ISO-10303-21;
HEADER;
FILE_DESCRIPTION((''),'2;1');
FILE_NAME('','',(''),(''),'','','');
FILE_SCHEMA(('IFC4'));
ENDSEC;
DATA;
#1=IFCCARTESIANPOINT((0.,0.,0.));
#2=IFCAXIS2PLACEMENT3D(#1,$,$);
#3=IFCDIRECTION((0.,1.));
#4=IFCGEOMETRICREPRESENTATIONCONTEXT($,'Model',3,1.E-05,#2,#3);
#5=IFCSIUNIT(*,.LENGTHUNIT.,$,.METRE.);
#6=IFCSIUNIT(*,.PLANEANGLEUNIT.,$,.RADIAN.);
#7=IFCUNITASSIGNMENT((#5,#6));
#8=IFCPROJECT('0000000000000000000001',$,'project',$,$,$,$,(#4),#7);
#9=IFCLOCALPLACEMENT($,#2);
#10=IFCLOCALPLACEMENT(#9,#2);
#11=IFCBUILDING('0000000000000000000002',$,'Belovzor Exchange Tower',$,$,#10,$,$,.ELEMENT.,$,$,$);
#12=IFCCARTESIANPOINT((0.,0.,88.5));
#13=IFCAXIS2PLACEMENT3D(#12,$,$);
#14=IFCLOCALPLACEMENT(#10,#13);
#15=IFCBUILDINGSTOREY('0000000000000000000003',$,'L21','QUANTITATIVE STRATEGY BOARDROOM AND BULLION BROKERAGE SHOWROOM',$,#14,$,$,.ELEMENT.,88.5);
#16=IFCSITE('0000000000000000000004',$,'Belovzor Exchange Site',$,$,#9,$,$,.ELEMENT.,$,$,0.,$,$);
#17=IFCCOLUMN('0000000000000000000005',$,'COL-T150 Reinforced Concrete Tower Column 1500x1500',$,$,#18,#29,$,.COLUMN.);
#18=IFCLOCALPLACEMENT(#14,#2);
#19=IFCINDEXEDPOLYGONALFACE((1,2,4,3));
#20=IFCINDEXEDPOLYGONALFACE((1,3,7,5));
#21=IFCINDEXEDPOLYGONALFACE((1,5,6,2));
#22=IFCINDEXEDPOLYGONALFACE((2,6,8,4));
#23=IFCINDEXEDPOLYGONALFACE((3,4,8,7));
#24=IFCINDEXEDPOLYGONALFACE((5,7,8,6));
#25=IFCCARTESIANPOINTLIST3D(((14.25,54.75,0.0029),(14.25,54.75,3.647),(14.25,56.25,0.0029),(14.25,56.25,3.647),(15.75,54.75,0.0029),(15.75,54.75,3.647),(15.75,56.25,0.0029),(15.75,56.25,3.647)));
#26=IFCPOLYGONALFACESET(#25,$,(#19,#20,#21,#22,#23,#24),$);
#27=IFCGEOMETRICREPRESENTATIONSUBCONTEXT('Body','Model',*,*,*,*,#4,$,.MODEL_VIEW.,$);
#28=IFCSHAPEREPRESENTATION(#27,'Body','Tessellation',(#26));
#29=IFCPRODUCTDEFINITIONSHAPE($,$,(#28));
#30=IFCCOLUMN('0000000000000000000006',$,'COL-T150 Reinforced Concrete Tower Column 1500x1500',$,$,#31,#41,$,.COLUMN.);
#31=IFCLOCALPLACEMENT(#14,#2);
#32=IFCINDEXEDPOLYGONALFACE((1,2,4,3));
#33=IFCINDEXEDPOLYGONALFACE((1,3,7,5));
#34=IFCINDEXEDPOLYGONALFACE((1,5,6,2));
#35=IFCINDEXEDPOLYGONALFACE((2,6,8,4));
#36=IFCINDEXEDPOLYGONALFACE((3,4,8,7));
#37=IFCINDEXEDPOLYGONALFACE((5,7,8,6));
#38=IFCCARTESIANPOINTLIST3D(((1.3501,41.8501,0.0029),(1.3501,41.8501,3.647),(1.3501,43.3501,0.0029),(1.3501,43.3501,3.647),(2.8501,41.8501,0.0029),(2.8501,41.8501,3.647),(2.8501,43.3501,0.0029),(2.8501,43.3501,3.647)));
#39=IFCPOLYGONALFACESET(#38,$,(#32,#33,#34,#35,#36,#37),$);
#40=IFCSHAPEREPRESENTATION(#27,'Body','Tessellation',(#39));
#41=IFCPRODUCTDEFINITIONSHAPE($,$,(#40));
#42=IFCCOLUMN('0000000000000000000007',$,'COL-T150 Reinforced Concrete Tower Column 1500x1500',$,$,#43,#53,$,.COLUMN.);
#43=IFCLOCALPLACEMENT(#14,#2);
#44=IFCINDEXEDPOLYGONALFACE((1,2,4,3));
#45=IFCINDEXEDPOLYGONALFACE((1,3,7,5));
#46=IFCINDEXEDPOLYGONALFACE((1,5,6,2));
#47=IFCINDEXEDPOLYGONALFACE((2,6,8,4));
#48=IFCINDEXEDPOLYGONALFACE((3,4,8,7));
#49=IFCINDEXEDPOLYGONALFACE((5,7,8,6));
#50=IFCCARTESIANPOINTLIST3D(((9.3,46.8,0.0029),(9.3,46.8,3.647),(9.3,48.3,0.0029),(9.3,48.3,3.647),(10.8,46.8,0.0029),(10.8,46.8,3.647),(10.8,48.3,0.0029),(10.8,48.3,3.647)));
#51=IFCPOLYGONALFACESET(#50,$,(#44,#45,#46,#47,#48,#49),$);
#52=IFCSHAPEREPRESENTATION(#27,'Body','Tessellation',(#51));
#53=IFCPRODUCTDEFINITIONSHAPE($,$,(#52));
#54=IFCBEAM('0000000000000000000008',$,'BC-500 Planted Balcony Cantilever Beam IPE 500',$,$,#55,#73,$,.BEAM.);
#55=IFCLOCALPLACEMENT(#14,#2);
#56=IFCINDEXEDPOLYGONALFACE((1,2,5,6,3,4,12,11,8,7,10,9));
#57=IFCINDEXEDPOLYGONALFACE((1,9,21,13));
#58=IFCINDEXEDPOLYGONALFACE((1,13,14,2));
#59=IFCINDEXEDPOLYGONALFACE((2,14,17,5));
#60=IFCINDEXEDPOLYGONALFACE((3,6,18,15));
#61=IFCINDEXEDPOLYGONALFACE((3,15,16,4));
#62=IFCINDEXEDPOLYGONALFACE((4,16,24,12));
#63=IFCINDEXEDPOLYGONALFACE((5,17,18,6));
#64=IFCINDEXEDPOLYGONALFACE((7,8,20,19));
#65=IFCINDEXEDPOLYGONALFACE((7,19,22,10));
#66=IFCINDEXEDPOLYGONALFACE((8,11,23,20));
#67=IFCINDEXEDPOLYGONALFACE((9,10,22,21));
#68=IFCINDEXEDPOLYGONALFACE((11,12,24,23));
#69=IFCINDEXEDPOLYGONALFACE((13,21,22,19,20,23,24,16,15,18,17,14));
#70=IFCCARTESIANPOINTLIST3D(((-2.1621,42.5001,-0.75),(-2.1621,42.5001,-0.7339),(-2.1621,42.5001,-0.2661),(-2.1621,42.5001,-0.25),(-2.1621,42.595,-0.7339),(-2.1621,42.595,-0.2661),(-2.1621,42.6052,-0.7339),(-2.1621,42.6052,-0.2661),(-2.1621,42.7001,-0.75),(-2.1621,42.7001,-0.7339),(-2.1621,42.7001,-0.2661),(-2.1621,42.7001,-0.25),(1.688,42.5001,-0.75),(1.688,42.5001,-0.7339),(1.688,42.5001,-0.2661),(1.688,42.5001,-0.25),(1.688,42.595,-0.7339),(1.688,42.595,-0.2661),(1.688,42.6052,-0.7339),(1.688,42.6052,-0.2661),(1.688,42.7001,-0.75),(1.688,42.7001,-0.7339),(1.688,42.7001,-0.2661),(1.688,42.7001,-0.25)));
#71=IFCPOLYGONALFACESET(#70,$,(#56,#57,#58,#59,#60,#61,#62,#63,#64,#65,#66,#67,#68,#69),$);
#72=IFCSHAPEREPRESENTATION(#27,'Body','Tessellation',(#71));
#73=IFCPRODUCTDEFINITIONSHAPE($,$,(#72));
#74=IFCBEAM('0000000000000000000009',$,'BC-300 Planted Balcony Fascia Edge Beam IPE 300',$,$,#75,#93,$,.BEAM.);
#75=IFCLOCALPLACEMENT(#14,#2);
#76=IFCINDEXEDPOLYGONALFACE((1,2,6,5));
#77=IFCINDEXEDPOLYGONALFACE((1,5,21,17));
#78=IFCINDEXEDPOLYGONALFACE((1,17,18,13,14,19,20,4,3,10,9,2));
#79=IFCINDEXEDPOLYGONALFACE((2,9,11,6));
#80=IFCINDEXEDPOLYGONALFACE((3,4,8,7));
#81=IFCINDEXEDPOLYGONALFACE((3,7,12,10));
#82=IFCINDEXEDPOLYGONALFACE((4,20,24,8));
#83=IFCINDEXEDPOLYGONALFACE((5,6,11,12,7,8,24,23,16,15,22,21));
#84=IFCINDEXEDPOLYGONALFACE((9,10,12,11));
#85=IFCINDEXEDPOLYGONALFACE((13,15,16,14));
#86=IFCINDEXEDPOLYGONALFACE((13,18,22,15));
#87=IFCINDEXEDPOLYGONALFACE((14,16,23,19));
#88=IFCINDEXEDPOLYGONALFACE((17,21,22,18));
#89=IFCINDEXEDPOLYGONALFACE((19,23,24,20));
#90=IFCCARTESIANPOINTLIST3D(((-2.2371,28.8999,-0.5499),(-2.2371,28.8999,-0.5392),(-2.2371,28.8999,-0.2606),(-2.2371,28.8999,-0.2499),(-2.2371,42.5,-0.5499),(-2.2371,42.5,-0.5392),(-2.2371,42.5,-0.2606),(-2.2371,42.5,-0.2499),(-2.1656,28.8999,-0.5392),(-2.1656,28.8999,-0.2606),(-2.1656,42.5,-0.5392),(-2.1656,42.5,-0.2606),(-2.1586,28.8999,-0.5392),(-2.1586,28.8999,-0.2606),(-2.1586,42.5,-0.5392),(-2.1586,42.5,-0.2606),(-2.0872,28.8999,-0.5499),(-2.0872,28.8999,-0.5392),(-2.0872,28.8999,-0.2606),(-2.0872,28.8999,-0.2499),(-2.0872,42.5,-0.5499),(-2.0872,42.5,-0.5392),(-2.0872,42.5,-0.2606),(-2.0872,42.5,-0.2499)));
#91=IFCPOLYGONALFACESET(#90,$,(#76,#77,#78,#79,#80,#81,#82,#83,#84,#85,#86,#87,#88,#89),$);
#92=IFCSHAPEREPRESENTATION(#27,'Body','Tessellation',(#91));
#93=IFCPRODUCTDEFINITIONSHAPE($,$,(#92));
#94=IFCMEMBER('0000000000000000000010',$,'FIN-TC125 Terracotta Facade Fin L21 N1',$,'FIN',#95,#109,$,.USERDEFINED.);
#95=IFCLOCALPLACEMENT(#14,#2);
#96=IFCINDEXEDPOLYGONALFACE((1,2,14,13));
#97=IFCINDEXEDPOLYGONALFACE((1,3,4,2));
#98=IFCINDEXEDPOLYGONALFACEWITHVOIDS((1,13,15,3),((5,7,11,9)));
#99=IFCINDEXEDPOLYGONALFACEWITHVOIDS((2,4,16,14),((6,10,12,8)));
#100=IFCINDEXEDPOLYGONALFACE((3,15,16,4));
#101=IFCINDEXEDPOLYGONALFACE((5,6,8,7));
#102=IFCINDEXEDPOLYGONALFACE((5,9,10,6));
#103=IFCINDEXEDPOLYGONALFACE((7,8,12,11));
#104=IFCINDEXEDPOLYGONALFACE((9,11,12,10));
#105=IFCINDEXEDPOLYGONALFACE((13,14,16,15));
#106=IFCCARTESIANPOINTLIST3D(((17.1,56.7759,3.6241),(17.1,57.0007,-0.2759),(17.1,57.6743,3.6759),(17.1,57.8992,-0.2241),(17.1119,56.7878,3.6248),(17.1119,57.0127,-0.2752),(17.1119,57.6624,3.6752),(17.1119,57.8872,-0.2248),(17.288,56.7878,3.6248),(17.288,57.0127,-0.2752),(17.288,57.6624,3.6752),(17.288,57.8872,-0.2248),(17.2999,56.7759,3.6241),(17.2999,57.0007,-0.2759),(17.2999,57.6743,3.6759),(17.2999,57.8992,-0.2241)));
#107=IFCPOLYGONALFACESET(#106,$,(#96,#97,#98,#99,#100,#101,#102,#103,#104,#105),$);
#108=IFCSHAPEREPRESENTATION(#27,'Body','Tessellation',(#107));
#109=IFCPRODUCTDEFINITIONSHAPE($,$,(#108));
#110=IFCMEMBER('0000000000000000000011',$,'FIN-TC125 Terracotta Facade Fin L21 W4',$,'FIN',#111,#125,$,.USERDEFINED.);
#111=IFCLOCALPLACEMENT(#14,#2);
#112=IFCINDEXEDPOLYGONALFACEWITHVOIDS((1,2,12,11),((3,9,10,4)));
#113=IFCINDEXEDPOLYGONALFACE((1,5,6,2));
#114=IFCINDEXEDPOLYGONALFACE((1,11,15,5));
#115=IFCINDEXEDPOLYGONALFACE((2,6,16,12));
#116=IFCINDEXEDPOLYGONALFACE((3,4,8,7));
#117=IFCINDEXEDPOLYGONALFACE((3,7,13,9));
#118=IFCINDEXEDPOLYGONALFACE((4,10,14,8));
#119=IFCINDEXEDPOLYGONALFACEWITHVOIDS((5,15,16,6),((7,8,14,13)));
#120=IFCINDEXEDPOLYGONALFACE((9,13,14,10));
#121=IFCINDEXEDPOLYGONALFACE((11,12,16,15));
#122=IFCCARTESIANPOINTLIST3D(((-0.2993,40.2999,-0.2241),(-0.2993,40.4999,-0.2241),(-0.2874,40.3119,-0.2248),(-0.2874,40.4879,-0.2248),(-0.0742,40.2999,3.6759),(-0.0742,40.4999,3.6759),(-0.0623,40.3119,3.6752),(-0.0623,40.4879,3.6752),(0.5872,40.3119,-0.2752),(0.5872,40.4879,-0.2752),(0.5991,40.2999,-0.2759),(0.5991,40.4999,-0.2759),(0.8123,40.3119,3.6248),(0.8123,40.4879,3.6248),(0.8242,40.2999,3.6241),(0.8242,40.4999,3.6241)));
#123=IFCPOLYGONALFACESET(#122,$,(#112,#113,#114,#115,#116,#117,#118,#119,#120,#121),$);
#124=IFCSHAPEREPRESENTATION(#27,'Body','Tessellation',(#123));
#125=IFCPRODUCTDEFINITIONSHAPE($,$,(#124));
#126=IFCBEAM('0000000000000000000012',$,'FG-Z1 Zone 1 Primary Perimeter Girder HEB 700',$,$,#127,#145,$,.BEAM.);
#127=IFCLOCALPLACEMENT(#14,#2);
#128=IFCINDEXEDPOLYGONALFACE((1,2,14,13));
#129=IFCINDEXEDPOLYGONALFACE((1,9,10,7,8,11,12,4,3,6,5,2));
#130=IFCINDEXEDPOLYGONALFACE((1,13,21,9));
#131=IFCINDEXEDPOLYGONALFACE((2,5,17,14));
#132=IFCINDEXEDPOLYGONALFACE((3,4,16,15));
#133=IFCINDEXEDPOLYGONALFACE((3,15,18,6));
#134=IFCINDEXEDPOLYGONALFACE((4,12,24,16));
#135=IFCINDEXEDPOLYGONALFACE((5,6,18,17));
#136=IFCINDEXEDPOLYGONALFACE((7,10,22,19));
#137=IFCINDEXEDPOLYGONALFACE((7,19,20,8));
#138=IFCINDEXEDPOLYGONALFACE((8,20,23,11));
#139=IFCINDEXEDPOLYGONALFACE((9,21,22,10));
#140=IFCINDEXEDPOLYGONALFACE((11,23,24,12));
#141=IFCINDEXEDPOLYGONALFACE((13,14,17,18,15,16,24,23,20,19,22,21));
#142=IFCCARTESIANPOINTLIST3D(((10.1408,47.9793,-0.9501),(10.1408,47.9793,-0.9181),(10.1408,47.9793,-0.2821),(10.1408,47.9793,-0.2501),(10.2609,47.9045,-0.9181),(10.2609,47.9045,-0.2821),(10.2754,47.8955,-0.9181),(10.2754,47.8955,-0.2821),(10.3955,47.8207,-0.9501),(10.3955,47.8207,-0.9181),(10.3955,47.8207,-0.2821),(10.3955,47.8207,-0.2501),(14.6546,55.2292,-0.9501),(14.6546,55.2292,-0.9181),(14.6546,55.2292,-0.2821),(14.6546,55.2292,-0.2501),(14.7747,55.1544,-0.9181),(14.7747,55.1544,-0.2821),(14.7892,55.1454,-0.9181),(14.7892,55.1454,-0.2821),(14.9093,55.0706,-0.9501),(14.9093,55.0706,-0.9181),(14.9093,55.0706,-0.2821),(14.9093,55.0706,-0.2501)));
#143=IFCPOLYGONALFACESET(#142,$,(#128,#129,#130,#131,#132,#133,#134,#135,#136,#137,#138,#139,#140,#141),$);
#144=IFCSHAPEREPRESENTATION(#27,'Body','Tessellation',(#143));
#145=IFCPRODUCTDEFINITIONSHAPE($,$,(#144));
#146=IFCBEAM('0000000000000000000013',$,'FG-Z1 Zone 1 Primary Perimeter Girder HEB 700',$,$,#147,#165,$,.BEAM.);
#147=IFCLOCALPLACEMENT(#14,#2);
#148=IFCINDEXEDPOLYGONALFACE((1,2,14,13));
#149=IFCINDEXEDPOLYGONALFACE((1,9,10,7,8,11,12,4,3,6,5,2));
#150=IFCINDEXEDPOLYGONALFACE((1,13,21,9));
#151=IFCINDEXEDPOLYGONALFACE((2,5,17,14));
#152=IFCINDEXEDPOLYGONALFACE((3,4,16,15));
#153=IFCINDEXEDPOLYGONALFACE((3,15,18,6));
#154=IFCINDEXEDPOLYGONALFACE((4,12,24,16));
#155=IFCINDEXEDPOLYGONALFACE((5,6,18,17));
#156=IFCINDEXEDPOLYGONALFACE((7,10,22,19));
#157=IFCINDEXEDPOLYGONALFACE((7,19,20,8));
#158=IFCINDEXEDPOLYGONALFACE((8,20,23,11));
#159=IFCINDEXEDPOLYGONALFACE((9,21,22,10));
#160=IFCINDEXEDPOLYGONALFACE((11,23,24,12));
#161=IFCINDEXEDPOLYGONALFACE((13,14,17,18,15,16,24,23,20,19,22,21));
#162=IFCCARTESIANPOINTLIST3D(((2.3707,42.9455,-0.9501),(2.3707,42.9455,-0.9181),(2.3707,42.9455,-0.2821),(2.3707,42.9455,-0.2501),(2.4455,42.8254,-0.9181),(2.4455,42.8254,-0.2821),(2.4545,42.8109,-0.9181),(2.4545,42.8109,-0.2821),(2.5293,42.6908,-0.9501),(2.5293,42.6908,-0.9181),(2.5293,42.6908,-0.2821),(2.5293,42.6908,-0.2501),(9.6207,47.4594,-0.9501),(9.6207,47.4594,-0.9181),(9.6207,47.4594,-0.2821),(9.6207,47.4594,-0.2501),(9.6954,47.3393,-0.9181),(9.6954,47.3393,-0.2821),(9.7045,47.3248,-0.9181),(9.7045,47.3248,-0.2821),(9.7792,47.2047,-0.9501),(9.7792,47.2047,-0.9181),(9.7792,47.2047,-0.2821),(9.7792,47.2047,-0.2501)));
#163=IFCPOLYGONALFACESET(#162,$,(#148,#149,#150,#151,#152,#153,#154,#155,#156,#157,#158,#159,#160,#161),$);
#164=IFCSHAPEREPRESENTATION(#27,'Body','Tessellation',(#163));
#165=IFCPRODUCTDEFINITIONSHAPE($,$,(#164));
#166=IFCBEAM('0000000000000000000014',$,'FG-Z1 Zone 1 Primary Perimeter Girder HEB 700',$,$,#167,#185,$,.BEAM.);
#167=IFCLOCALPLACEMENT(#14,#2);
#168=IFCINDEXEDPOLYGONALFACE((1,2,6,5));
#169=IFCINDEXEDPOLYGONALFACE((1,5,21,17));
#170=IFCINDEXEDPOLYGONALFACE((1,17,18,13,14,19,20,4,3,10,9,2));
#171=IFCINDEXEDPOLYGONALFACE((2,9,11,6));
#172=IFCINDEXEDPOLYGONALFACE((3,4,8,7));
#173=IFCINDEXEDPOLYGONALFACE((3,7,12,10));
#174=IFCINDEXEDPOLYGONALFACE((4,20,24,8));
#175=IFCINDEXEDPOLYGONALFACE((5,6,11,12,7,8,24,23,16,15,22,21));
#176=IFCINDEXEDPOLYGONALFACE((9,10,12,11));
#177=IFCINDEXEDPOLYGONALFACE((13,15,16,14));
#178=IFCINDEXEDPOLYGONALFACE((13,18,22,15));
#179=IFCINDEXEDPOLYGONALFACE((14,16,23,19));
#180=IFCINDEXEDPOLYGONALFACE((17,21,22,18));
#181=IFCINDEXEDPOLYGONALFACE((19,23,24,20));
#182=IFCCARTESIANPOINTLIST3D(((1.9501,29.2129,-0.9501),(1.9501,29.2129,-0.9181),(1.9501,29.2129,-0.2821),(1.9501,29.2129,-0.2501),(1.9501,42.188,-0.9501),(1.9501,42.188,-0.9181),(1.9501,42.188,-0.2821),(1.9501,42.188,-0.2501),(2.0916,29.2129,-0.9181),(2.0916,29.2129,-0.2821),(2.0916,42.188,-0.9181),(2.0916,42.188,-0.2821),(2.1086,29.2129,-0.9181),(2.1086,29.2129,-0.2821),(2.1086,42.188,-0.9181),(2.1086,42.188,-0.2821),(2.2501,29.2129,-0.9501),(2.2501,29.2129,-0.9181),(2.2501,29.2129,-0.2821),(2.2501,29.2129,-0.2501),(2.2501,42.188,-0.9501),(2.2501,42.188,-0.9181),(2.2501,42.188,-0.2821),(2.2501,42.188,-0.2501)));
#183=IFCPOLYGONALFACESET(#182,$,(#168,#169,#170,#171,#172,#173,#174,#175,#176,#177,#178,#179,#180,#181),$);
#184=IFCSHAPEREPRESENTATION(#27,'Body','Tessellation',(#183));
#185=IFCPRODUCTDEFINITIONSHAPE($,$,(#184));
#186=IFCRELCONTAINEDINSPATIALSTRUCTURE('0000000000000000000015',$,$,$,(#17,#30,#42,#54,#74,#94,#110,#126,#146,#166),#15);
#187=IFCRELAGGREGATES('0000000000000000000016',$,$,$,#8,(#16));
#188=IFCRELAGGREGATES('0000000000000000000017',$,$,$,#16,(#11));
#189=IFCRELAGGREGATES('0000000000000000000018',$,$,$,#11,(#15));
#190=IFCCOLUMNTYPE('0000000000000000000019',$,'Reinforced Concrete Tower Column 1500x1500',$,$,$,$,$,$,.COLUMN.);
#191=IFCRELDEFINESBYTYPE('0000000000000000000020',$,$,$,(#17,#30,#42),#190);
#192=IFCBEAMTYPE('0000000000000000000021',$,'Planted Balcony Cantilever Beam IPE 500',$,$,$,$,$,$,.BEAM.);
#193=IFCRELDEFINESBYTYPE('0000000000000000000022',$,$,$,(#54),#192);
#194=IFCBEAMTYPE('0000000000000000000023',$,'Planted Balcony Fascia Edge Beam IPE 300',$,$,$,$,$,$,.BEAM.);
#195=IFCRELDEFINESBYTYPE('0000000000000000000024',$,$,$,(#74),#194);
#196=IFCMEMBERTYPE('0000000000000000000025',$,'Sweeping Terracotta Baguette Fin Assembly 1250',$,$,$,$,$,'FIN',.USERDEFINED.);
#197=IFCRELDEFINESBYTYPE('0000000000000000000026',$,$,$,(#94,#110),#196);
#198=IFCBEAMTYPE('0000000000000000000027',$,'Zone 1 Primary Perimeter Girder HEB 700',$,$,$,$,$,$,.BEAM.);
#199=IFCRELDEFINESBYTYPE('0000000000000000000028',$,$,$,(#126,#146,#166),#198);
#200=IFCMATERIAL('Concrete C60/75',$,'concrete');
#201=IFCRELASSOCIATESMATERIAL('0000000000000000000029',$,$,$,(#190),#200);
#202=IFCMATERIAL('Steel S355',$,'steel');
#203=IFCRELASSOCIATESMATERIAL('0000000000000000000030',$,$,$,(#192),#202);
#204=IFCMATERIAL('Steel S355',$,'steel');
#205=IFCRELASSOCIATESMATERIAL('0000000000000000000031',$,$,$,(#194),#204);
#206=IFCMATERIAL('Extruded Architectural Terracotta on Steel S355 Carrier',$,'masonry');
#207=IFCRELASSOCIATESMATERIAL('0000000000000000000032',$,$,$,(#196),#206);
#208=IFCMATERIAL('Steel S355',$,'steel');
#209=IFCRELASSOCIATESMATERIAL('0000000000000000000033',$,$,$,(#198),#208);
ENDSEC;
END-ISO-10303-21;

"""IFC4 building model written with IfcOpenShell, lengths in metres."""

from ifc_helpers import new_model, si_unit, direction, frame, origin, origin_2d, place, context, subcontext, project, spatial, rectangle, hollow_rectangle, i_section, extrude, material, material_profile, profile_set, type_object, element, save


model = new_model("IFC4")

# Units and contexts
model_context = context("Model", 3, precision=1e-05, world=origin(), true_north=direction((0.0, 1.0)))
body_context = subcontext(model_context, "Body", "Model", "MODEL_VIEW")
ifc_project = project(units=[si_unit("LENGTHUNIT", "METRE"), si_unit("PLANEANGLEUNIT", "RADIAN")], contexts=[model_context])

# Site, building, storey
site_placement = place(None, origin())
site = spatial("IfcSite", under=ifc_project, at=site_placement, Name="Belovzor Exchange Site", CompositionType="ELEMENT", RefElevation=0.0)
building_placement = place(site_placement, origin())
building = spatial("IfcBuilding", under=site, at=building_placement, Name="Belovzor Exchange Tower", CompositionType="ELEMENT")
storey_placement = place(building_placement, frame((0.0, 0.0, 88.5)))
storey = spatial("IfcBuildingStorey", under=building, at=storey_placement, Name="L21", Description="QUANTITATIVE STRATEGY BOARDROOM AND BULLION BROKERAGE SHOWROOM", CompositionType="ELEMENT", Elevation=88.5)

# Columns
ifc_material_1 = material(Name="Concrete C60/75", Category="concrete")
ifc_material_profile_1 = material_profile(ifc_material_1, rectangle(XDim=1.5, YDim=1.5, at=origin_2d()))
ifc_profile_set_1 = profile_set([ifc_material_profile_1], Name="Concrete C60/75")
column_type = type_object("IfcColumnType", Name="Reinforced Concrete Tower Column 1500x1500", PredefinedType="COLUMN", material=ifc_profile_set_1)
for number, where, z_axis, x_axis, name in (
    (1, (15.0, 55.5, 0.0029), (0.0, 0.0, 1.0), (1.0, 0.0, 0.0), "COL-T150 Reinforced Concrete Tower Column 1500x1500"),
    (2, (2.1001, 42.6001, 0.0029), (0.0, 0.0, 1.0), (1.0, 0.0, 0.0), "COL-T150 Reinforced Concrete Tower Column 1500x1500"),
    (3, (10.05, 47.55, 0.0029), (0.0, 0.0, 1.0), (1.0, 0.0, 0.0), "COL-T150 Reinforced Concrete Tower Column 1500x1500"),
):
    element("IfcColumn", number, at=place(storey_placement, frame(where, z_axis=z_axis, x_axis=x_axis)), inside=storey, type_object=column_type, Name=name, PredefinedType="COLUMN", context=body_context, shape_type="SweptSolid", body=[
        extrude(rectangle(XDim=1.5, YDim=1.5, at=origin_2d()), origin(), (0.0, 0.0, 1.0), 3.644),
    ])

# Beams
ifc_material_2 = material(Name="Steel S355", Category="steel")
ifc_material_profile_2 = material_profile(ifc_material_2, i_section(OverallWidth=0.2, OverallDepth=0.5, WebThickness=0.0103, FlangeThickness=0.0161, at=origin_2d()))
ifc_profile_set_2 = profile_set([ifc_material_profile_2], Name="Steel S355")
beam_type_1 = type_object("IfcBeamType", Name="Planted Balcony Cantilever Beam IPE 500", PredefinedType="BEAM", material=ifc_profile_set_2)
beam_1_placement = place(storey_placement, frame((1.688, 42.6001, -0.5), z_axis=(-1.0, 0.0, 0.0), x_axis=(0.0, -1.0, 0.0)))
element("IfcBeam", 4, at=beam_1_placement, inside=storey, type_object=beam_type_1, Name="BC-500 Planted Balcony Cantilever Beam IPE 500", PredefinedType="BEAM", context=body_context, shape_type="SweptSolid", body=[
    extrude(i_section(OverallWidth=0.2, OverallDepth=0.5, WebThickness=0.0103, FlangeThickness=0.0161, at=origin_2d()), origin(), (0.0, 0.0, 1.0), 3.8501),
])
ifc_material_3 = material(Name="Steel S355", Category="steel")
ifc_material_profile_3 = material_profile(ifc_material_3, i_section(OverallWidth=0.1499, OverallDepth=0.3, WebThickness=0.0071, FlangeThickness=0.0107, at=origin_2d()))
ifc_profile_set_3 = profile_set([ifc_material_profile_3], Name="Steel S355")
beam_type_2 = type_object("IfcBeamType", Name="Planted Balcony Fascia Edge Beam IPE 300", PredefinedType="BEAM", material=ifc_profile_set_3)
beam_2_placement = place(storey_placement, frame((-2.1621, 42.5, -0.3999), z_axis=(0.0, -1.0, 0.0), x_axis=(1.0, 0.0, 0.0)))
element("IfcBeam", 5, at=beam_2_placement, inside=storey, type_object=beam_type_2, Name="BC-300 Planted Balcony Fascia Edge Beam IPE 300", PredefinedType="BEAM", context=body_context, shape_type="SweptSolid", body=[
    extrude(i_section(OverallWidth=0.1499, OverallDepth=0.3, WebThickness=0.0071, FlangeThickness=0.0107, at=origin_2d()), origin(), (0.0, 0.0, 1.0), 13.6001),
])

# Members
ifc_material_4 = material(Name="Extruded Architectural Terracotta on Steel S355 Carrier", Category="masonry")
ifc_material_profile_4 = material_profile(ifc_material_4, hollow_rectangle(XDim=0.2, YDim=0.8999, WallThickness=0.012, at=origin_2d()))
ifc_profile_set_4 = profile_set([ifc_material_profile_4], Name="Extruded Architectural Terracotta on Steel S355 Carrier")
member_type = type_object("IfcMemberType", Name="Sweeping Terracotta Baguette Fin Assembly 1250", ElementType="FIN", PredefinedType="USERDEFINED", material=ifc_profile_set_4)
for number, where, z_axis, x_axis, name in (
    (6, (17.2, 57.45, -0.25), (0.0, -0.057561, 0.998342), (1.0, 0.0, 0.0), "FIN-TC125 Terracotta Facade Fin L21 N1"),
    (7, (0.1499, 40.3999, -0.25), (0.057623, 0.0, 0.998338), (0.0, 1.0, 0.0), "FIN-TC125 Terracotta Facade Fin L21 W4"),
):
    element("IfcMember", number, at=place(storey_placement, frame(where, z_axis=z_axis, x_axis=x_axis)), inside=storey, type_object=member_type, Name=name, ObjectType="FIN", PredefinedType="USERDEFINED", context=body_context, shape_type="SweptSolid", body=[
        extrude(hollow_rectangle(XDim=0.2, YDim=0.8999, WallThickness=0.012, at=origin_2d()), origin(), (0.0, 0.0, 1.0), 3.9065),
    ])

# Beams
ifc_material_5 = material(Name="Steel S355", Category="steel")
ifc_material_profile_5 = material_profile(ifc_material_5, i_section(OverallWidth=0.3, OverallDepth=0.7, WebThickness=0.0171, FlangeThickness=0.032, at=origin_2d()))
ifc_profile_set_5 = profile_set([ifc_material_profile_5], Name="Steel S355")
beam_type_3 = type_object("IfcBeamType", Name="Zone 1 Primary Perimeter Girder HEB 700", PredefinedType="BEAM", material=ifc_profile_set_5)
for number, where, z_axis, x_axis, name in (
    (8, (14.782, 55.1499, -0.6001), (-0.528539, -0.848909, 0.0), (0.848909, -0.528539, 0.0), "FG-Z1 Zone 1 Primary Perimeter Girder HEB 700"),
    (9, (9.7, 47.332, -0.6001), (-0.848909, -0.528539, 0.0), (0.528539, -0.848909, 0.0), "FG-Z1 Zone 1 Primary Perimeter Girder HEB 700"),
):
    element("IfcBeam", number, at=place(storey_placement, frame(where, z_axis=z_axis, x_axis=x_axis)), inside=storey, type_object=beam_type_3, Name=name, PredefinedType="BEAM", context=body_context, shape_type="SweptSolid", body=[
        extrude(i_section(OverallWidth=0.3, OverallDepth=0.7, WebThickness=0.0171, FlangeThickness=0.032, at=origin_2d()), origin(), (0.0, 0.0, 1.0), 8.5403),
    ])
beam_3_placement = place(storey_placement, frame((2.1001, 42.188, -0.6001), z_axis=(0.0, -1.0, 0.0), x_axis=(1.0, 0.0, 0.0)))
element("IfcBeam", 10, at=beam_3_placement, inside=storey, type_object=beam_type_3, Name="FG-Z1 Zone 1 Primary Perimeter Girder HEB 700", PredefinedType="BEAM", context=body_context, shape_type="SweptSolid", body=[
    extrude(i_section(OverallWidth=0.3, OverallDepth=0.7, WebThickness=0.0171, FlangeThickness=0.032, at=origin_2d()), origin(), (0.0, 0.0, 1.0), 12.9751),
])

save(model, "model.ifc")
